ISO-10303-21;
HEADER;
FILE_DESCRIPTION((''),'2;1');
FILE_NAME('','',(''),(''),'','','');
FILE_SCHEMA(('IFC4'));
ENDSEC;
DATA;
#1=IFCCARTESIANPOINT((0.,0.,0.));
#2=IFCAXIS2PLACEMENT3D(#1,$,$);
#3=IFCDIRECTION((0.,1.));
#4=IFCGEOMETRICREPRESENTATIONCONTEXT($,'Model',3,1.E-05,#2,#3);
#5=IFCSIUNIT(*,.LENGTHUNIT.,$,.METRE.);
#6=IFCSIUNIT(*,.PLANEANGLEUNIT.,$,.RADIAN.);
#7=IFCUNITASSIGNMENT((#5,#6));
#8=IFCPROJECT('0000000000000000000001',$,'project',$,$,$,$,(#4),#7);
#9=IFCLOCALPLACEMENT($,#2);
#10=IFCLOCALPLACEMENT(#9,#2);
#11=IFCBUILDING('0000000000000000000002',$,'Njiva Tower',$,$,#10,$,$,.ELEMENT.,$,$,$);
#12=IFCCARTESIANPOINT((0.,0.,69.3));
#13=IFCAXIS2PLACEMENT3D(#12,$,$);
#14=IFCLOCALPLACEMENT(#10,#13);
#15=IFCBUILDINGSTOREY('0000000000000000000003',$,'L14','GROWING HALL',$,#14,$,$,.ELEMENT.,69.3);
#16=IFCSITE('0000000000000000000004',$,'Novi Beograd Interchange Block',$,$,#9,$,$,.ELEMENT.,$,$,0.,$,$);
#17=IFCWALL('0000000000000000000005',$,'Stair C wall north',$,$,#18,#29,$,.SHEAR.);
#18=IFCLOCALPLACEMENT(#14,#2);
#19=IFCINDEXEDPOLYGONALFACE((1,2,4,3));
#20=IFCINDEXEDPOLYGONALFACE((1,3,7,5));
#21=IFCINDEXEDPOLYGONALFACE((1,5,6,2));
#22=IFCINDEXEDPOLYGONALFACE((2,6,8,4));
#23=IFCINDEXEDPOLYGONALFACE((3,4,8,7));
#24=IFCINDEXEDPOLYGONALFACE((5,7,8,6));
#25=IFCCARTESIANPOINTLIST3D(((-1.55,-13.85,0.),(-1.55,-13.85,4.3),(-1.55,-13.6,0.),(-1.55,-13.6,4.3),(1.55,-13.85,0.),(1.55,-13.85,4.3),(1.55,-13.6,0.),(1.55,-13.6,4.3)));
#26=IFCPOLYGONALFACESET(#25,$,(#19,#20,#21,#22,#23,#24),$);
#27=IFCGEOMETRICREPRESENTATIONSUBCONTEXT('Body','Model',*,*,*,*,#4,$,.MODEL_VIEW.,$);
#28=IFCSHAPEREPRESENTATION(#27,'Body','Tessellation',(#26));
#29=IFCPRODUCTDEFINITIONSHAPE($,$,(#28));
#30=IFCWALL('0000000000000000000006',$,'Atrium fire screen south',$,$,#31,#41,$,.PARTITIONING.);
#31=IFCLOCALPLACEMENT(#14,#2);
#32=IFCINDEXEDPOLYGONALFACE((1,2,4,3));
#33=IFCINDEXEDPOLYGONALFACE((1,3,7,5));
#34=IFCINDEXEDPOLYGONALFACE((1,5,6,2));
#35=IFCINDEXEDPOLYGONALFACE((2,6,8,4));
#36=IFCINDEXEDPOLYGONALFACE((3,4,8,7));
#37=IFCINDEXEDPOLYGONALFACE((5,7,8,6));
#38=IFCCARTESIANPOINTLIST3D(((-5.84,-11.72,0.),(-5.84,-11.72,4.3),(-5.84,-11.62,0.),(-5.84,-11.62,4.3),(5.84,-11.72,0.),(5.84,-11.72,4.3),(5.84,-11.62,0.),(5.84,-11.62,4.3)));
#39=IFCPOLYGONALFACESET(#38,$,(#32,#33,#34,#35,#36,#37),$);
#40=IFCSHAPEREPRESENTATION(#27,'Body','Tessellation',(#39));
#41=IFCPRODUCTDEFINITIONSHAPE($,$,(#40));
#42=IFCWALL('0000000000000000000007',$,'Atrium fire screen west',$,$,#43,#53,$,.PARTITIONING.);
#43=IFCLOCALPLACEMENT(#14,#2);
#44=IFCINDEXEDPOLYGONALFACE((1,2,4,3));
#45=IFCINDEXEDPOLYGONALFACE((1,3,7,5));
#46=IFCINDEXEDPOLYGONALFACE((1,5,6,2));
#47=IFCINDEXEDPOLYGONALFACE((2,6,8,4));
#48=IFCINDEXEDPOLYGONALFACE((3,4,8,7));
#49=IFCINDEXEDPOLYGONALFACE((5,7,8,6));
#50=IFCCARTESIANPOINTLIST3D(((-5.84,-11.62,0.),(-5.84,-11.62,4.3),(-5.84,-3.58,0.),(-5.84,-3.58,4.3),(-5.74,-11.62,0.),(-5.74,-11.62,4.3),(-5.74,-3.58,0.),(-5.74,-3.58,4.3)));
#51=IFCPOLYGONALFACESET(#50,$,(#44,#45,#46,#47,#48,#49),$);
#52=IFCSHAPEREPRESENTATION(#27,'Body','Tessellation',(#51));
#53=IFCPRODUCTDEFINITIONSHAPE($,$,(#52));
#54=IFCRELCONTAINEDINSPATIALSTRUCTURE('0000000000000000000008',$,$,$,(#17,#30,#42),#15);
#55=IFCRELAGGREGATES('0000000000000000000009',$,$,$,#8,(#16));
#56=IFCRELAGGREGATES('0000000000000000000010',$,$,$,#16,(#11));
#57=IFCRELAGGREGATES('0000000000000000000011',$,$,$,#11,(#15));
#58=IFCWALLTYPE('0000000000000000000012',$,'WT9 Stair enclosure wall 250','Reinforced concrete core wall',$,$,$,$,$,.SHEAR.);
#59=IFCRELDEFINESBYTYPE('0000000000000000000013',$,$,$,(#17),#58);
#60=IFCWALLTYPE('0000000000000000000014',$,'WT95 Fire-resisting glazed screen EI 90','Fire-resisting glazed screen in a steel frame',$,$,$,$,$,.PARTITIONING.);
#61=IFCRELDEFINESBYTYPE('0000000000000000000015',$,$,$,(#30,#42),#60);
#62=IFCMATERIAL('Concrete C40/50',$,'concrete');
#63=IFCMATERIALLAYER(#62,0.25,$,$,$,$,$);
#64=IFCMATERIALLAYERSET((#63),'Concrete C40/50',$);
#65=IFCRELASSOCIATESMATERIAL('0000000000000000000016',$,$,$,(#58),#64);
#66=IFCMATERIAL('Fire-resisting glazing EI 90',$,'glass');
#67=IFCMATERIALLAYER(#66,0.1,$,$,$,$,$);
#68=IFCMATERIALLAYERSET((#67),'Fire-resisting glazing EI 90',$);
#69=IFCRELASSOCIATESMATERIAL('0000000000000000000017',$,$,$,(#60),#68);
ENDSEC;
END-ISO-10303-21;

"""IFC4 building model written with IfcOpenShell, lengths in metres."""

from ifc_helpers import new_model, si_unit, direction, frame, frame_2d, origin, place, context, subcontext, project, spatial, rectangle, extrude, material, layer, layer_set, type_object, element, save


model = new_model("IFC4")

# Units and contexts
model_context = context("Model", 3, precision=1e-05, world=origin(), true_north=direction((0.0, 1.0)))
body_context = subcontext(model_context, "Body", "Model", "MODEL_VIEW")
ifc_project = project(units=[si_unit("LENGTHUNIT", "METRE"), si_unit("PLANEANGLEUNIT", "RADIAN")], contexts=[model_context])

# Site, building, storey
site_placement = place(None, origin())
site = spatial("IfcSite", under=ifc_project, at=site_placement, Name="Novi Beograd Interchange Block", CompositionType="ELEMENT", RefElevation=0.0)
building_placement = place(site_placement, origin())
building = spatial("IfcBuilding", under=site, at=building_placement, Name="Njiva Tower", CompositionType="ELEMENT")
storey_placement = place(building_placement, frame((0.0, 0.0, 69.3)))
storey = spatial("IfcBuildingStorey", under=building, at=storey_placement, Name="L14", Description="GROWING HALL", CompositionType="ELEMENT", Elevation=69.3)

# Walls
ifc_material_1 = material(Name="Concrete C40/50", Category="concrete")
ifc_layer_1 = layer(ifc_material_1, 0.25)
ifc_layer_set_1 = layer_set([ifc_layer_1], Name="Concrete C40/50")
wall_type_1 = type_object("IfcWallType", Name="WT9 Stair enclosure wall 250", Description="Reinforced concrete core wall", PredefinedType="SHEAR", material=ifc_layer_set_1)
wall_1_placement = place(storey_placement, frame((-1.55, -13.725, 0.0), z_axis=(0.0, 0.0, 1.0), x_axis=(1.0, 0.0, 0.0)))
element("IfcWall", 1, at=wall_1_placement, inside=storey, type_object=wall_type_1, Name="Stair C wall north", PredefinedType="SHEAR", context=body_context, shape_type="SweptSolid", body=[
    extrude(rectangle(XDim=3.1, YDim=0.25, at=frame_2d((1.55, 0.0))), origin(), (0.0, 0.0, 1.0), 4.3),
])
ifc_material_2 = material(Name="Fire-resisting glazing EI 90", Category="glass")
ifc_layer_2 = layer(ifc_material_2, 0.1)
ifc_layer_set_2 = layer_set([ifc_layer_2], Name="Fire-resisting glazing EI 90")
wall_type_2 = type_object("IfcWallType", Name="WT95 Fire-resisting glazed screen EI 90", Description="Fire-resisting glazed screen in a steel frame", PredefinedType="PARTITIONING", material=ifc_layer_set_2)
wall_2_placement = place(storey_placement, frame((-5.84, -11.67, 0.0), z_axis=(0.0, 0.0, 1.0), x_axis=(1.0, 0.0, 0.0)))
element("IfcWall", 2, at=wall_2_placement, inside=storey, type_object=wall_type_2, Name="Atrium fire screen south", PredefinedType="PARTITIONING", context=body_context, shape_type="SweptSolid", body=[
    extrude(rectangle(XDim=11.68, YDim=0.1, at=frame_2d((5.84, 0.0))), origin(), (0.0, 0.0, 1.0), 4.3),
])
wall_3_placement = place(storey_placement, frame((-5.79, -3.58, 0.0), z_axis=(0.0, 0.0, 1.0), x_axis=(0.0, -1.0, 0.0)))
element("IfcWall", 3, at=wall_3_placement, inside=storey, type_object=wall_type_2, Name="Atrium fire screen west", PredefinedType="PARTITIONING", context=body_context, shape_type="SweptSolid", body=[
    extrude(rectangle(XDim=8.04, YDim=0.1, at=frame_2d((4.02, 0.0))), origin(), (0.0, 0.0, 1.0), 4.3),
])

save(model, "model.ifc")
